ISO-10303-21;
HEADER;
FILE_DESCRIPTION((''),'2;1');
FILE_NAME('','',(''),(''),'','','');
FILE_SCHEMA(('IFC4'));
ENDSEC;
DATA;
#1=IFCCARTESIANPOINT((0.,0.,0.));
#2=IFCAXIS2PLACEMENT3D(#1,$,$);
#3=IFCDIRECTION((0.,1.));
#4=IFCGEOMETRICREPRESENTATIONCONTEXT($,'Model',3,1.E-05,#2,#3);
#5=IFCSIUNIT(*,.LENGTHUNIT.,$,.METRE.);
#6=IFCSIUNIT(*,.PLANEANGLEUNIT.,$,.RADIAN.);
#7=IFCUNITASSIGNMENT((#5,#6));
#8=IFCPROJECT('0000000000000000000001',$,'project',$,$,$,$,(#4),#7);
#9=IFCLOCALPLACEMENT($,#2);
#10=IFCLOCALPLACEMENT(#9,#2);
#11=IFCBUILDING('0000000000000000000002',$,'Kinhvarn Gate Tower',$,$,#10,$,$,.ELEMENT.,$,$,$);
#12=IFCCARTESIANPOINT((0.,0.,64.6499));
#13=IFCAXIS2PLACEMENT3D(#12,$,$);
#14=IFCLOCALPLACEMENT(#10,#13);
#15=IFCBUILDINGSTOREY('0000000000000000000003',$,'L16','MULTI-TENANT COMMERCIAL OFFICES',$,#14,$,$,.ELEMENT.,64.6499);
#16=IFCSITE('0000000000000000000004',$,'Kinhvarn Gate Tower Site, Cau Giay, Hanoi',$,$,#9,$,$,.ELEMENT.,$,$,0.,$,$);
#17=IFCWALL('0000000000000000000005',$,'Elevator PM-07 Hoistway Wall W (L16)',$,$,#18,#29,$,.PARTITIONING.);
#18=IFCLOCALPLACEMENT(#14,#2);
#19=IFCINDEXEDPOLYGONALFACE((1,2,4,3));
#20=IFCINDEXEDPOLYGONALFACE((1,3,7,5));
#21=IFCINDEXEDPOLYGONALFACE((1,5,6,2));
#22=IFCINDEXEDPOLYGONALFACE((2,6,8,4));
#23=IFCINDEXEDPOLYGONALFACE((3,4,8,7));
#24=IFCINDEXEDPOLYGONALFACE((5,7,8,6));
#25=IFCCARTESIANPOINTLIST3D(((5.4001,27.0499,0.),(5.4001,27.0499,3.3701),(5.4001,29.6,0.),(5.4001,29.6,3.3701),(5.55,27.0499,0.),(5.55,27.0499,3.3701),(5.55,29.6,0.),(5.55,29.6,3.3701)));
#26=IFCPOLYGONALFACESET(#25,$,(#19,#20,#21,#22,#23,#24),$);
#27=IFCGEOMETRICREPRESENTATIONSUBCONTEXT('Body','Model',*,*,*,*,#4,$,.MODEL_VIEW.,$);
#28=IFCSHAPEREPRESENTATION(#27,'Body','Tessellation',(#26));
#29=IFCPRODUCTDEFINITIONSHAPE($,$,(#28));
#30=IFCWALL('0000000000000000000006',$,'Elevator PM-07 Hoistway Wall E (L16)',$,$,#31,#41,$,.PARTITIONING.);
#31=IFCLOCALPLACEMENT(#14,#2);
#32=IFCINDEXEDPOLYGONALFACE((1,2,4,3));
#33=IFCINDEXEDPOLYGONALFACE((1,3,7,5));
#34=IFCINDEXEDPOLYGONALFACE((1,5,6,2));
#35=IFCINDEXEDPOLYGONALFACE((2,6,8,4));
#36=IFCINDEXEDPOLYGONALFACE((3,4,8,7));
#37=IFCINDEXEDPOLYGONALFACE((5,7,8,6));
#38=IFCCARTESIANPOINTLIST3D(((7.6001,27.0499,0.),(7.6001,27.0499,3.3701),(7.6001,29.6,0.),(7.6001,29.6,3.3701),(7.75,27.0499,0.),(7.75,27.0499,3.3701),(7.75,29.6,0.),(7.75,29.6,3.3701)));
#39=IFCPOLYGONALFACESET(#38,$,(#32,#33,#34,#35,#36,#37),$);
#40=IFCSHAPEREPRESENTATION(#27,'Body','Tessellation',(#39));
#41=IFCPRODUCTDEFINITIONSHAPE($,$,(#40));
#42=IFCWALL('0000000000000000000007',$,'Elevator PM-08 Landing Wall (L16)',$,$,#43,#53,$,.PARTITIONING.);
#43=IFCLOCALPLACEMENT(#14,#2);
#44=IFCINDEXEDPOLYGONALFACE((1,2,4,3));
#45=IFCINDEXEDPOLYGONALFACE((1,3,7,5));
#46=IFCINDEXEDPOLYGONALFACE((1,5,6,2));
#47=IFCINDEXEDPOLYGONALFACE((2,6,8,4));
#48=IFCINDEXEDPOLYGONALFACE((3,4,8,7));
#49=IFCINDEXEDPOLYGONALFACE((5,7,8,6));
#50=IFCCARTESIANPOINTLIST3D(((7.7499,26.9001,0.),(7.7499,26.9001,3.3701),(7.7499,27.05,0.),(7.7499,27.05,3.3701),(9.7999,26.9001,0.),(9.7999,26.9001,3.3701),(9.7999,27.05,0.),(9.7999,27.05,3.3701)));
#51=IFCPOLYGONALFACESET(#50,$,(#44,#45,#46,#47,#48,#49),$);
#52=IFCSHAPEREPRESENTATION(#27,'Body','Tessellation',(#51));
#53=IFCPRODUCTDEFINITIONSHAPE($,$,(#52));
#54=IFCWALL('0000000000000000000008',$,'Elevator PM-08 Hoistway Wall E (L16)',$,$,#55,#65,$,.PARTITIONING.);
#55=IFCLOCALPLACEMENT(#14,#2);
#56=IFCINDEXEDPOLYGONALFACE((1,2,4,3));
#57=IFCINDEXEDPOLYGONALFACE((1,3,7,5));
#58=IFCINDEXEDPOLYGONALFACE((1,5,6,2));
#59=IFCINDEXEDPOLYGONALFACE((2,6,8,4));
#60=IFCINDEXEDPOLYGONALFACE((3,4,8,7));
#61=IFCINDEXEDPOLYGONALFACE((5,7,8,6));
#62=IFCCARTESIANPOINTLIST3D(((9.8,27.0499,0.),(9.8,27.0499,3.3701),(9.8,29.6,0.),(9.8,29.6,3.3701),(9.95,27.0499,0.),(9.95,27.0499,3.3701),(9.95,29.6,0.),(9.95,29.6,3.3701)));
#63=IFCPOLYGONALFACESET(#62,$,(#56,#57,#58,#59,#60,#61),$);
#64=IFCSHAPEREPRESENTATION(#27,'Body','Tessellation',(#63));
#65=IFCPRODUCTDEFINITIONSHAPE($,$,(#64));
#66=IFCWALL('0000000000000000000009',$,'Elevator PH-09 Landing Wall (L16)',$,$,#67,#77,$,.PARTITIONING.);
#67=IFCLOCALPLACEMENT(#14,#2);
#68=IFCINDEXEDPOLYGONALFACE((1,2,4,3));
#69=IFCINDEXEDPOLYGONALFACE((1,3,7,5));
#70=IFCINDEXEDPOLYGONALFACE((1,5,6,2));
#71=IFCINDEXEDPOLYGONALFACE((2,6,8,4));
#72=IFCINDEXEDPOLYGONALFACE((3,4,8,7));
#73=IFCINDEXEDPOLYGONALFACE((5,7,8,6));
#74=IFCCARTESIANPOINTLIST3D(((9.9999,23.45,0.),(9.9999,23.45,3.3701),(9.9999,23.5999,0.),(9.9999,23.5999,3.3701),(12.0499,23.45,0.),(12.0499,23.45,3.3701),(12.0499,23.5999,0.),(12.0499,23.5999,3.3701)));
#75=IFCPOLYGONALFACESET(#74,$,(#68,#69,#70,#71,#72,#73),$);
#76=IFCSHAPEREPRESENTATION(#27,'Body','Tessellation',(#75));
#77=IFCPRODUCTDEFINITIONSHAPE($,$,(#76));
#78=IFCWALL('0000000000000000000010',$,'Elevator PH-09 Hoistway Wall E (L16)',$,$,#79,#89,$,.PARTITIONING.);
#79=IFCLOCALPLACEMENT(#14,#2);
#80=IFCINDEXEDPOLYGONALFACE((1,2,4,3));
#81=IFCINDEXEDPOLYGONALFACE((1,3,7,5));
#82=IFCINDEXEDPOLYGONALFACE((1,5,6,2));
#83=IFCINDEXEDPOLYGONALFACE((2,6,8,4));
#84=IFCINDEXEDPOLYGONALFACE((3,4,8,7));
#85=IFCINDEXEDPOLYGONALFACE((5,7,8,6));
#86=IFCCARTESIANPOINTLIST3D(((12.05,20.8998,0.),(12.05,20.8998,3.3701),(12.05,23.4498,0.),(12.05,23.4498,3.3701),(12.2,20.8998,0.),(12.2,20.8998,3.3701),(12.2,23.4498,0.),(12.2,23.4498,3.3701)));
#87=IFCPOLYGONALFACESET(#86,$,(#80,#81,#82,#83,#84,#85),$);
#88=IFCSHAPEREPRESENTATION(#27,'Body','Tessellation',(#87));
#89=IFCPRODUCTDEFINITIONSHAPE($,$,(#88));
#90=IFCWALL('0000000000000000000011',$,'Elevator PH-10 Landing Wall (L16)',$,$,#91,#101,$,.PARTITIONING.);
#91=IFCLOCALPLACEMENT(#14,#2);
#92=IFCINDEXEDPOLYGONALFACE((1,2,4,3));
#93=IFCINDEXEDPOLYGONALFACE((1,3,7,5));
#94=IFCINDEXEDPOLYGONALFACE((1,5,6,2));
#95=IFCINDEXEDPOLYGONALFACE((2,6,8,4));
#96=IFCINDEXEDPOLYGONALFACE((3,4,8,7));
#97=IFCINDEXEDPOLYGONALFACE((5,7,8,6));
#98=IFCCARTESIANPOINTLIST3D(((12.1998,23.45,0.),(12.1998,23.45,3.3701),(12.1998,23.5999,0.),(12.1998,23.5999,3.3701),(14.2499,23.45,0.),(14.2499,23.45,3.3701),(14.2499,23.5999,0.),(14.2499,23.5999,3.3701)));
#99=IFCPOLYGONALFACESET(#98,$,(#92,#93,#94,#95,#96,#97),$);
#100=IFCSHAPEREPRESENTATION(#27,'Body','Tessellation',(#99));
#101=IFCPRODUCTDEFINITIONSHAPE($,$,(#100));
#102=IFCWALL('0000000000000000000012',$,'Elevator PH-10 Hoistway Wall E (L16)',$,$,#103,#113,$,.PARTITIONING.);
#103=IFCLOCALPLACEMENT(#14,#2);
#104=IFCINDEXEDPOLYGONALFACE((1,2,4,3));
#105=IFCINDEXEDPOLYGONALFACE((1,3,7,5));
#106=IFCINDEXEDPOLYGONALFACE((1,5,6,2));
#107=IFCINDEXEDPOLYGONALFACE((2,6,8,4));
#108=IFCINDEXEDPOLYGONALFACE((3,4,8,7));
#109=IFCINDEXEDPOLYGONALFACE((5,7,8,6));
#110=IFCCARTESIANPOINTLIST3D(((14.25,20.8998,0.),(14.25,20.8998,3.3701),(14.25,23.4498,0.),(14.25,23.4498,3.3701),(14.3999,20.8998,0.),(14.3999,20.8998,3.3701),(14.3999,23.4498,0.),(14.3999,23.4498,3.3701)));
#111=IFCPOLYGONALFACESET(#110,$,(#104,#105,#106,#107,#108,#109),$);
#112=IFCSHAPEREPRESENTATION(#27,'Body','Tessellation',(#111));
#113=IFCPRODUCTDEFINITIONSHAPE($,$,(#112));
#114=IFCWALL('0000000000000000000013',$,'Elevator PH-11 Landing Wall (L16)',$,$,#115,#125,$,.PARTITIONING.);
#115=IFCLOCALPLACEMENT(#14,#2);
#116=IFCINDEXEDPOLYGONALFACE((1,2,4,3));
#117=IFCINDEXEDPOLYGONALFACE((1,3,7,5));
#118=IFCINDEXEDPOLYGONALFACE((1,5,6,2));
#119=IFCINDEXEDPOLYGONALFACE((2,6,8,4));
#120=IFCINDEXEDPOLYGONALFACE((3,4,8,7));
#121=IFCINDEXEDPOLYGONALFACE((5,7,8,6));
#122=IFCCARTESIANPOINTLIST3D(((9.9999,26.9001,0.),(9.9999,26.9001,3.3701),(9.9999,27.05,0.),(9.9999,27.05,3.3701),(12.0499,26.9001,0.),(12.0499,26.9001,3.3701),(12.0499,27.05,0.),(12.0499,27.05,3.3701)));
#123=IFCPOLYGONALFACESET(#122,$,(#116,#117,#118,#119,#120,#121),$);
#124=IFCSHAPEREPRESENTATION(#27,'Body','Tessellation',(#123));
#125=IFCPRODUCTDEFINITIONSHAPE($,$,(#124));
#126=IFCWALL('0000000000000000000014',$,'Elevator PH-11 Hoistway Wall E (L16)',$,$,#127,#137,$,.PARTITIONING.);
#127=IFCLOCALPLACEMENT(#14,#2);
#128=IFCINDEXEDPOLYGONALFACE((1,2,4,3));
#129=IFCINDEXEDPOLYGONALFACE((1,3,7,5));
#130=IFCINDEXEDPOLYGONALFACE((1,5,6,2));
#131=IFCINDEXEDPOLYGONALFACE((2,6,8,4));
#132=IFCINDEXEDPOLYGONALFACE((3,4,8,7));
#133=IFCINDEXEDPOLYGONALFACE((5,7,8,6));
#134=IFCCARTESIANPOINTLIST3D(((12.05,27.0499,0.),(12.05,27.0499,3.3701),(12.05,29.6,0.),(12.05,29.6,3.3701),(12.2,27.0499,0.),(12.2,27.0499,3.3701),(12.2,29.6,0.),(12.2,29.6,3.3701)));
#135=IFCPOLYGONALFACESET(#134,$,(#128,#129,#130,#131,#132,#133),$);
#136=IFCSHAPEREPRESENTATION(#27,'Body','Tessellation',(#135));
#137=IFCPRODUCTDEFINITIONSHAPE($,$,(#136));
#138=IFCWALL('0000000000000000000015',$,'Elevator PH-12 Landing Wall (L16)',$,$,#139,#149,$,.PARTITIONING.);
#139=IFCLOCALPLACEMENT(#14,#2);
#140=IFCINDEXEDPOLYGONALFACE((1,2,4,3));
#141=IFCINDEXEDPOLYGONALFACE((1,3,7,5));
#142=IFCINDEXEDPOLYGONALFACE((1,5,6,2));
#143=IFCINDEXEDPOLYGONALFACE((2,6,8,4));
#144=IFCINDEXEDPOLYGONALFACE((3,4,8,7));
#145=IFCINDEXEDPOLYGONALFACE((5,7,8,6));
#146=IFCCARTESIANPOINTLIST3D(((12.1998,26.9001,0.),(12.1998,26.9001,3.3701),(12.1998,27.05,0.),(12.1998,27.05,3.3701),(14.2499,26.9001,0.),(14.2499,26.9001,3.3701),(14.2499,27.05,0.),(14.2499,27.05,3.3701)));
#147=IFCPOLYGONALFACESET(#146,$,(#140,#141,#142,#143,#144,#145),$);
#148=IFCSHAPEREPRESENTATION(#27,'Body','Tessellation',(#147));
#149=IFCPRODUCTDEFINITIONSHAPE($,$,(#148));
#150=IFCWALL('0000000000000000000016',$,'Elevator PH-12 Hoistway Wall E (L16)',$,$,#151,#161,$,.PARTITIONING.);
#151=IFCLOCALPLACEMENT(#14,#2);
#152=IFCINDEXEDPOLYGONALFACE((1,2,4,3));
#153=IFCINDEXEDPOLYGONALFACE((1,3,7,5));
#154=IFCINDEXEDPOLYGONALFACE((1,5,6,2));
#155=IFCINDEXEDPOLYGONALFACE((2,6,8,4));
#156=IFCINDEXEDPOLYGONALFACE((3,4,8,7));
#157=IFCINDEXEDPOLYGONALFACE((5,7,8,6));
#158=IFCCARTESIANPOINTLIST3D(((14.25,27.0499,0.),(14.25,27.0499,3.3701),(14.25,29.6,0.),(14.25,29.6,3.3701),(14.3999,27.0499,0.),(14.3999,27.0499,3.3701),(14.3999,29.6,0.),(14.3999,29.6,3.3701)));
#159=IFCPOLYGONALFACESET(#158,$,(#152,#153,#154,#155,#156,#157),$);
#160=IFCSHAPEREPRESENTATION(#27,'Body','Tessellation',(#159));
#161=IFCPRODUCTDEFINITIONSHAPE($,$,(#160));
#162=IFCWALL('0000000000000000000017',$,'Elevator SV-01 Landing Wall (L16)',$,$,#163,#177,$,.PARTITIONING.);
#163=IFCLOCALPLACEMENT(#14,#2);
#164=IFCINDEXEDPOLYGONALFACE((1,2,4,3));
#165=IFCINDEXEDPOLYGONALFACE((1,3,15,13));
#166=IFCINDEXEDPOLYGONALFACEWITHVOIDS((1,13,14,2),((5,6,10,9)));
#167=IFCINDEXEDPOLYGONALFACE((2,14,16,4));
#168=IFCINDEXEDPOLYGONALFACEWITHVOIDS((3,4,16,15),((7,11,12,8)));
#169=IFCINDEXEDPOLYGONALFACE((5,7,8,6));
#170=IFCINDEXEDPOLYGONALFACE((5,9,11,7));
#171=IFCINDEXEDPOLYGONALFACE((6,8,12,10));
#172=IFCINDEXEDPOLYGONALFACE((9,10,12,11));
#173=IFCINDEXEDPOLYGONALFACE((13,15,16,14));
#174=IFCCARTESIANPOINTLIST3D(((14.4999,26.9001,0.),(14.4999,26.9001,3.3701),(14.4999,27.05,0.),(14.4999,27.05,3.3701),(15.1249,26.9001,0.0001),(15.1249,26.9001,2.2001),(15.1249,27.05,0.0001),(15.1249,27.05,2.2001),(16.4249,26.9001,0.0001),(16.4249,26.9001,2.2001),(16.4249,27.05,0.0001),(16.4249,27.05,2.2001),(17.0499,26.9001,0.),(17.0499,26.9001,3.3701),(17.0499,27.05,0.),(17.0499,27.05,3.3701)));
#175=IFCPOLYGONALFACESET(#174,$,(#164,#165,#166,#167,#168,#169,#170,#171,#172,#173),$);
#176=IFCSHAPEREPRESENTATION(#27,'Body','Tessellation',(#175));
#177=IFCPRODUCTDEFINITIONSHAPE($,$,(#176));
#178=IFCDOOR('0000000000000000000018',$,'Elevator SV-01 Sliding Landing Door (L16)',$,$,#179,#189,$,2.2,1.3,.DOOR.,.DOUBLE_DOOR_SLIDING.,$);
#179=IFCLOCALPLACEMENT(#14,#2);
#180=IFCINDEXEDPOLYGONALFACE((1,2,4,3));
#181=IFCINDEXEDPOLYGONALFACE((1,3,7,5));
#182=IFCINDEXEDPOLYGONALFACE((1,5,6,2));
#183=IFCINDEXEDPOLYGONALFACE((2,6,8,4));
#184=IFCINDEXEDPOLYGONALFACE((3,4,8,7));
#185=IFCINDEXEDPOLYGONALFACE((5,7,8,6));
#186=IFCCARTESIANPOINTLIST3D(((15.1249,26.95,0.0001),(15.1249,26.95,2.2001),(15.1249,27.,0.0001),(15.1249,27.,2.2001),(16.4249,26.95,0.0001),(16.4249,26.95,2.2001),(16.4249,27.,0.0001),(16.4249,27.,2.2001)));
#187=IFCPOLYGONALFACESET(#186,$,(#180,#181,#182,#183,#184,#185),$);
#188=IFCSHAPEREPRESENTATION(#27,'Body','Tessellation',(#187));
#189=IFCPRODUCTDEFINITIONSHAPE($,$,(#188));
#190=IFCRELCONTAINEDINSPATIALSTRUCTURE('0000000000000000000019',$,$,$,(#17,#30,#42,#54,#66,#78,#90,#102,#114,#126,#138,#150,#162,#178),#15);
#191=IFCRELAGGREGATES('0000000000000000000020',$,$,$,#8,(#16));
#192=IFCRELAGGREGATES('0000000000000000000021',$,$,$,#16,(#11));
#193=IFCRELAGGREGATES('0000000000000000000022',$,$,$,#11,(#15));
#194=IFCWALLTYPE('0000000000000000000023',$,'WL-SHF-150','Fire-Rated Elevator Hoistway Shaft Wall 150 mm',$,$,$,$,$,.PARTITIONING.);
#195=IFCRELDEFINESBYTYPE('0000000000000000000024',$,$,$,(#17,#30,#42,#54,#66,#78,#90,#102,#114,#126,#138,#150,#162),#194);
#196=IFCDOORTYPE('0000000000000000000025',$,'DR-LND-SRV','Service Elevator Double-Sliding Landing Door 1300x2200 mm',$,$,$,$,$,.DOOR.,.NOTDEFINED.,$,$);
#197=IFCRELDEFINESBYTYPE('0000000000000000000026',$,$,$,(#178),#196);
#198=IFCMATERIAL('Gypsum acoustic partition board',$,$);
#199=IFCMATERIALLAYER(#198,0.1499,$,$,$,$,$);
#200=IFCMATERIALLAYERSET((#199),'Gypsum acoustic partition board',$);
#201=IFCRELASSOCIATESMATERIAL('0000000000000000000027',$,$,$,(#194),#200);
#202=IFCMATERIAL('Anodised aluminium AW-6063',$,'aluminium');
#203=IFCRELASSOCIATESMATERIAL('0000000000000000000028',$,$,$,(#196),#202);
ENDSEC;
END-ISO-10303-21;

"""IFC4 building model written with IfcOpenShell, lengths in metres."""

from ifc_helpers import new_model, si_unit, direction, frame, frame_2d, origin, place, context, subcontext, project, spatial, rectangle, extrude, material, layer, layer_set, type_object, element, fill, save


model = new_model("IFC4")

# Units and contexts
model_context = context("Model", 3, precision=1e-05, world=origin(), true_north=direction((0.0, 1.0)))
body_context = subcontext(model_context, "Body", "Model", "MODEL_VIEW")
ifc_project = project(units=[si_unit("LENGTHUNIT", "METRE"), si_unit("PLANEANGLEUNIT", "RADIAN")], contexts=[model_context])

# Site, building, storey
site_placement = place(None, origin())
site = spatial("IfcSite", under=ifc_project, at=site_placement, Name="Kinhvarn Gate Tower Site, Cau Giay, Hanoi", CompositionType="ELEMENT", RefElevation=0.0)
building_placement = place(site_placement, origin())
building = spatial("IfcBuilding", under=site, at=building_placement, Name="Kinhvarn Gate Tower", CompositionType="ELEMENT")
storey_placement = place(building_placement, frame((0.0, 0.0, 64.6499)))
storey = spatial("IfcBuildingStorey", under=building, at=storey_placement, Name="L16", Description="MULTI-TENANT COMMERCIAL OFFICES", CompositionType="ELEMENT", Elevation=64.6499)

# Shared definitions
ifc_material_1 = material(Name="Anodised aluminium AW-6063", Category="aluminium")
ifc_material_2 = material(Name="Gypsum acoustic partition board")

# Walls
ifc_layer_1 = layer(ifc_material_2, 0.1499)
ifc_layer_set_1 = layer_set([ifc_layer_1], Name="Gypsum acoustic partition board")
wall_type_1 = type_object("IfcWallType", Name="WL-SHF-150", Description="Fire-Rated Elevator Hoistway Shaft Wall 150 mm", PredefinedType="PARTITIONING", material=ifc_layer_set_1)
for number, where, z_axis, x_axis, name in (
    (1, (5.4751, 27.05, 0.0), (0.0, 0.0, 1.0), (0.0, 1.0, 0.0), "Elevator PM-07 Hoistway Wall W (L16)"),
    (2, (7.675, 27.05, 0.0), (0.0, 0.0, 1.0), (0.0, 1.0, 0.0), "Elevator PM-07 Hoistway Wall E (L16)"),
):
    element("IfcWall", number, at=place(storey_placement, frame(where, z_axis=z_axis, x_axis=x_axis)), inside=storey, type_object=wall_type_1, Name=name, PredefinedType="PARTITIONING", context=body_context, shape_type="SweptSolid", body=[
        extrude(rectangle(XDim=2.55, YDim=0.1499, at=frame_2d((1.2749, 0.0))), origin(), (0.0, 0.0, 1.0), 3.3701),
    ])
wall_1_placement = place(storey_placement, frame((7.75, 26.9751, 0.0), z_axis=(0.0, 0.0, 1.0), x_axis=(1.0, 0.0, 0.0)))
element("IfcWall", 3, at=wall_1_placement, inside=storey, type_object=wall_type_1, Name="Elevator PM-08 Landing Wall (L16)", PredefinedType="PARTITIONING", context=body_context, shape_type="SweptSolid", body=[
    extrude(rectangle(XDim=2.05, YDim=0.1499, at=frame_2d((1.0249, 0.0))), origin(), (0.0, 0.0, 1.0), 3.3701),
])
wall_2_placement = place(storey_placement, frame((9.875, 27.05, 0.0), z_axis=(0.0, 0.0, 1.0), x_axis=(0.0, 1.0, 0.0)))
element("IfcWall", 4, at=wall_2_placement, inside=storey, type_object=wall_type_1, Name="Elevator PM-08 Hoistway Wall E (L16)", PredefinedType="PARTITIONING", context=body_context, shape_type="SweptSolid", body=[
    extrude(rectangle(XDim=2.55, YDim=0.1499, at=frame_2d((1.2749, 0.0))), origin(), (0.0, 0.0, 1.0), 3.3701),
])
wall_3_placement = place(storey_placement, frame((10.0, 23.5249, 0.0), z_axis=(0.0, 0.0, 1.0), x_axis=(1.0, 0.0, 0.0)))
element("IfcWall", 5, at=wall_3_placement, inside=storey, type_object=wall_type_1, Name="Elevator PH-09 Landing Wall (L16)", PredefinedType="PARTITIONING", context=body_context, shape_type="SweptSolid", body=[
    extrude(rectangle(XDim=2.05, YDim=0.1499, at=frame_2d((1.0249, 0.0))), origin(), (0.0, 0.0, 1.0), 3.3701),
])
wall_4_placement = place(storey_placement, frame((12.125, 20.8999, 0.0), z_axis=(0.0, 0.0, 1.0), x_axis=(0.0, 1.0, 0.0)))
element("IfcWall", 6, at=wall_4_placement, inside=storey, type_object=wall_type_1, Name="Elevator PH-09 Hoistway Wall E (L16)", PredefinedType="PARTITIONING", context=body_context, shape_type="SweptSolid", body=[
    extrude(rectangle(XDim=2.55, YDim=0.1499, at=frame_2d((1.2749, 0.0))), origin(), (0.0, 0.0, 1.0), 3.3701),
])
wall_5_placement = place(storey_placement, frame((12.2, 23.5249, 0.0), z_axis=(0.0, 0.0, 1.0), x_axis=(1.0, 0.0, 0.0)))
element("IfcWall", 7, at=wall_5_placement, inside=storey, type_object=wall_type_1, Name="Elevator PH-10 Landing Wall (L16)", PredefinedType="PARTITIONING", context=body_context, shape_type="SweptSolid", body=[
    extrude(rectangle(XDim=2.05, YDim=0.1499, at=frame_2d((1.0249, 0.0))), origin(), (0.0, 0.0, 1.0), 3.3701),
])
wall_6_placement = place(storey_placement, frame((14.325, 20.8999, 0.0), z_axis=(0.0, 0.0, 1.0), x_axis=(0.0, 1.0, 0.0)))
element("IfcWall", 8, at=wall_6_placement, inside=storey, type_object=wall_type_1, Name="Elevator PH-10 Hoistway Wall E (L16)", PredefinedType="PARTITIONING", context=body_context, shape_type="SweptSolid", body=[
    extrude(rectangle(XDim=2.55, YDim=0.1499, at=frame_2d((1.2749, 0.0))), origin(), (0.0, 0.0, 1.0), 3.3701),
])
wall_7_placement = place(storey_placement, frame((10.0, 26.9751, 0.0), z_axis=(0.0, 0.0, 1.0), x_axis=(1.0, 0.0, 0.0)))
element("IfcWall", 9, at=wall_7_placement, inside=storey, type_object=wall_type_1, Name="Elevator PH-11 Landing Wall (L16)", PredefinedType="PARTITIONING", context=body_context, shape_type="SweptSolid", body=[
    extrude(rectangle(XDim=2.05, YDim=0.1499, at=frame_2d((1.0249, 0.0))), origin(), (0.0, 0.0, 1.0), 3.3701),
])
wall_8_placement = place(storey_placement, frame((12.125, 27.05, 0.0), z_axis=(0.0, 0.0, 1.0), x_axis=(0.0, 1.0, 0.0)))
element("IfcWall", 10, at=wall_8_placement, inside=storey, type_object=wall_type_1, Name="Elevator PH-11 Hoistway Wall E (L16)", PredefinedType="PARTITIONING", context=body_context, shape_type="SweptSolid", body=[
    extrude(rectangle(XDim=2.55, YDim=0.1499, at=frame_2d((1.2749, 0.0))), origin(), (0.0, 0.0, 1.0), 3.3701),
])
wall_9_placement = place(storey_placement, frame((12.2, 26.9751, 0.0), z_axis=(0.0, 0.0, 1.0), x_axis=(1.0, 0.0, 0.0)))
element("IfcWall", 11, at=wall_9_placement, inside=storey, type_object=wall_type_1, Name="Elevator PH-12 Landing Wall (L16)", PredefinedType="PARTITIONING", context=body_context, shape_type="SweptSolid", body=[
    extrude(rectangle(XDim=2.05, YDim=0.1499, at=frame_2d((1.0249, 0.0))), origin(), (0.0, 0.0, 1.0), 3.3701),
])
wall_10_placement = place(storey_placement, frame((14.325, 27.05, 0.0), z_axis=(0.0, 0.0, 1.0), x_axis=(0.0, 1.0, 0.0)))
element("IfcWall", 12, at=wall_10_placement, inside=storey, type_object=wall_type_1, Name="Elevator PH-12 Hoistway Wall E (L16)", PredefinedType="PARTITIONING", context=body_context, shape_type="SweptSolid", body=[
    extrude(rectangle(XDim=2.55, YDim=0.1499, at=frame_2d((1.2749, 0.0))), origin(), (0.0, 0.0, 1.0), 3.3701),
])

# Wall, opening, door
wall_11_placement = place(storey_placement, frame((14.5, 26.9751, 0.0), z_axis=(0.0, 0.0, 1.0), x_axis=(1.0, 0.0, 0.0)))
wall_11 = element("IfcWall", 13, at=wall_11_placement, inside=storey, type_object=wall_type_1, Name="Elevator SV-01 Landing Wall (L16)", PredefinedType="PARTITIONING", context=body_context, shape_type="SweptSolid", body=[
    extrude(rectangle(XDim=2.55, YDim=0.1499, at=frame_2d((1.2749, 0.0))), origin(), (0.0, 0.0, 1.0), 3.3701),
])
opening_1_placement = place(wall_11_placement, frame((0.625, 0.0, 0.0)))
opening_1 = element("IfcOpeningElement", 14, at=opening_1_placement, cuts=wall_11, PredefinedType="OPENING", context=body_context, shape_type="SweptSolid", body=[
    extrude(rectangle(XDim=1.3, YDim=2.2, at=frame_2d((0.6499, 1.1001))), frame((0.0, 0.085, 0.0), z_axis=(0.0, -1.0, 0.0), x_axis=(1.0, 0.0, 0.0)), (0.0, 0.0, 1.0), 0.1699),
])
door_type_1 = type_object("IfcDoorType", Name="DR-LND-SRV", Description="Service Elevator Double-Sliding Landing Door 1300x2200 mm", OperationType="NOTDEFINED", PredefinedType="DOOR", material=ifc_material_1)
door_1_placement = place(opening_1_placement, origin())
door_1 = element("IfcDoor", 15, at=door_1_placement, inside=storey, type_object=door_type_1, Name="Elevator SV-01 Sliding Landing Door (L16)", OperationType="DOUBLE_DOOR_SLIDING", OverallHeight=2.2, OverallWidth=1.3, PredefinedType="DOOR", context=body_context, shape_type="SweptSolid", body=[
    extrude(rectangle(XDim=1.3, YDim=2.2, at=frame_2d((0.6499, 1.1001))), frame((0.0, 0.0249, 0.0), z_axis=(0.0, -1.0, 0.0), x_axis=(1.0, 0.0, 0.0)), (0.0, 0.0, 1.0), 0.05),
])
fill(opening_1, door_1)

save(model, "model.ifc")
